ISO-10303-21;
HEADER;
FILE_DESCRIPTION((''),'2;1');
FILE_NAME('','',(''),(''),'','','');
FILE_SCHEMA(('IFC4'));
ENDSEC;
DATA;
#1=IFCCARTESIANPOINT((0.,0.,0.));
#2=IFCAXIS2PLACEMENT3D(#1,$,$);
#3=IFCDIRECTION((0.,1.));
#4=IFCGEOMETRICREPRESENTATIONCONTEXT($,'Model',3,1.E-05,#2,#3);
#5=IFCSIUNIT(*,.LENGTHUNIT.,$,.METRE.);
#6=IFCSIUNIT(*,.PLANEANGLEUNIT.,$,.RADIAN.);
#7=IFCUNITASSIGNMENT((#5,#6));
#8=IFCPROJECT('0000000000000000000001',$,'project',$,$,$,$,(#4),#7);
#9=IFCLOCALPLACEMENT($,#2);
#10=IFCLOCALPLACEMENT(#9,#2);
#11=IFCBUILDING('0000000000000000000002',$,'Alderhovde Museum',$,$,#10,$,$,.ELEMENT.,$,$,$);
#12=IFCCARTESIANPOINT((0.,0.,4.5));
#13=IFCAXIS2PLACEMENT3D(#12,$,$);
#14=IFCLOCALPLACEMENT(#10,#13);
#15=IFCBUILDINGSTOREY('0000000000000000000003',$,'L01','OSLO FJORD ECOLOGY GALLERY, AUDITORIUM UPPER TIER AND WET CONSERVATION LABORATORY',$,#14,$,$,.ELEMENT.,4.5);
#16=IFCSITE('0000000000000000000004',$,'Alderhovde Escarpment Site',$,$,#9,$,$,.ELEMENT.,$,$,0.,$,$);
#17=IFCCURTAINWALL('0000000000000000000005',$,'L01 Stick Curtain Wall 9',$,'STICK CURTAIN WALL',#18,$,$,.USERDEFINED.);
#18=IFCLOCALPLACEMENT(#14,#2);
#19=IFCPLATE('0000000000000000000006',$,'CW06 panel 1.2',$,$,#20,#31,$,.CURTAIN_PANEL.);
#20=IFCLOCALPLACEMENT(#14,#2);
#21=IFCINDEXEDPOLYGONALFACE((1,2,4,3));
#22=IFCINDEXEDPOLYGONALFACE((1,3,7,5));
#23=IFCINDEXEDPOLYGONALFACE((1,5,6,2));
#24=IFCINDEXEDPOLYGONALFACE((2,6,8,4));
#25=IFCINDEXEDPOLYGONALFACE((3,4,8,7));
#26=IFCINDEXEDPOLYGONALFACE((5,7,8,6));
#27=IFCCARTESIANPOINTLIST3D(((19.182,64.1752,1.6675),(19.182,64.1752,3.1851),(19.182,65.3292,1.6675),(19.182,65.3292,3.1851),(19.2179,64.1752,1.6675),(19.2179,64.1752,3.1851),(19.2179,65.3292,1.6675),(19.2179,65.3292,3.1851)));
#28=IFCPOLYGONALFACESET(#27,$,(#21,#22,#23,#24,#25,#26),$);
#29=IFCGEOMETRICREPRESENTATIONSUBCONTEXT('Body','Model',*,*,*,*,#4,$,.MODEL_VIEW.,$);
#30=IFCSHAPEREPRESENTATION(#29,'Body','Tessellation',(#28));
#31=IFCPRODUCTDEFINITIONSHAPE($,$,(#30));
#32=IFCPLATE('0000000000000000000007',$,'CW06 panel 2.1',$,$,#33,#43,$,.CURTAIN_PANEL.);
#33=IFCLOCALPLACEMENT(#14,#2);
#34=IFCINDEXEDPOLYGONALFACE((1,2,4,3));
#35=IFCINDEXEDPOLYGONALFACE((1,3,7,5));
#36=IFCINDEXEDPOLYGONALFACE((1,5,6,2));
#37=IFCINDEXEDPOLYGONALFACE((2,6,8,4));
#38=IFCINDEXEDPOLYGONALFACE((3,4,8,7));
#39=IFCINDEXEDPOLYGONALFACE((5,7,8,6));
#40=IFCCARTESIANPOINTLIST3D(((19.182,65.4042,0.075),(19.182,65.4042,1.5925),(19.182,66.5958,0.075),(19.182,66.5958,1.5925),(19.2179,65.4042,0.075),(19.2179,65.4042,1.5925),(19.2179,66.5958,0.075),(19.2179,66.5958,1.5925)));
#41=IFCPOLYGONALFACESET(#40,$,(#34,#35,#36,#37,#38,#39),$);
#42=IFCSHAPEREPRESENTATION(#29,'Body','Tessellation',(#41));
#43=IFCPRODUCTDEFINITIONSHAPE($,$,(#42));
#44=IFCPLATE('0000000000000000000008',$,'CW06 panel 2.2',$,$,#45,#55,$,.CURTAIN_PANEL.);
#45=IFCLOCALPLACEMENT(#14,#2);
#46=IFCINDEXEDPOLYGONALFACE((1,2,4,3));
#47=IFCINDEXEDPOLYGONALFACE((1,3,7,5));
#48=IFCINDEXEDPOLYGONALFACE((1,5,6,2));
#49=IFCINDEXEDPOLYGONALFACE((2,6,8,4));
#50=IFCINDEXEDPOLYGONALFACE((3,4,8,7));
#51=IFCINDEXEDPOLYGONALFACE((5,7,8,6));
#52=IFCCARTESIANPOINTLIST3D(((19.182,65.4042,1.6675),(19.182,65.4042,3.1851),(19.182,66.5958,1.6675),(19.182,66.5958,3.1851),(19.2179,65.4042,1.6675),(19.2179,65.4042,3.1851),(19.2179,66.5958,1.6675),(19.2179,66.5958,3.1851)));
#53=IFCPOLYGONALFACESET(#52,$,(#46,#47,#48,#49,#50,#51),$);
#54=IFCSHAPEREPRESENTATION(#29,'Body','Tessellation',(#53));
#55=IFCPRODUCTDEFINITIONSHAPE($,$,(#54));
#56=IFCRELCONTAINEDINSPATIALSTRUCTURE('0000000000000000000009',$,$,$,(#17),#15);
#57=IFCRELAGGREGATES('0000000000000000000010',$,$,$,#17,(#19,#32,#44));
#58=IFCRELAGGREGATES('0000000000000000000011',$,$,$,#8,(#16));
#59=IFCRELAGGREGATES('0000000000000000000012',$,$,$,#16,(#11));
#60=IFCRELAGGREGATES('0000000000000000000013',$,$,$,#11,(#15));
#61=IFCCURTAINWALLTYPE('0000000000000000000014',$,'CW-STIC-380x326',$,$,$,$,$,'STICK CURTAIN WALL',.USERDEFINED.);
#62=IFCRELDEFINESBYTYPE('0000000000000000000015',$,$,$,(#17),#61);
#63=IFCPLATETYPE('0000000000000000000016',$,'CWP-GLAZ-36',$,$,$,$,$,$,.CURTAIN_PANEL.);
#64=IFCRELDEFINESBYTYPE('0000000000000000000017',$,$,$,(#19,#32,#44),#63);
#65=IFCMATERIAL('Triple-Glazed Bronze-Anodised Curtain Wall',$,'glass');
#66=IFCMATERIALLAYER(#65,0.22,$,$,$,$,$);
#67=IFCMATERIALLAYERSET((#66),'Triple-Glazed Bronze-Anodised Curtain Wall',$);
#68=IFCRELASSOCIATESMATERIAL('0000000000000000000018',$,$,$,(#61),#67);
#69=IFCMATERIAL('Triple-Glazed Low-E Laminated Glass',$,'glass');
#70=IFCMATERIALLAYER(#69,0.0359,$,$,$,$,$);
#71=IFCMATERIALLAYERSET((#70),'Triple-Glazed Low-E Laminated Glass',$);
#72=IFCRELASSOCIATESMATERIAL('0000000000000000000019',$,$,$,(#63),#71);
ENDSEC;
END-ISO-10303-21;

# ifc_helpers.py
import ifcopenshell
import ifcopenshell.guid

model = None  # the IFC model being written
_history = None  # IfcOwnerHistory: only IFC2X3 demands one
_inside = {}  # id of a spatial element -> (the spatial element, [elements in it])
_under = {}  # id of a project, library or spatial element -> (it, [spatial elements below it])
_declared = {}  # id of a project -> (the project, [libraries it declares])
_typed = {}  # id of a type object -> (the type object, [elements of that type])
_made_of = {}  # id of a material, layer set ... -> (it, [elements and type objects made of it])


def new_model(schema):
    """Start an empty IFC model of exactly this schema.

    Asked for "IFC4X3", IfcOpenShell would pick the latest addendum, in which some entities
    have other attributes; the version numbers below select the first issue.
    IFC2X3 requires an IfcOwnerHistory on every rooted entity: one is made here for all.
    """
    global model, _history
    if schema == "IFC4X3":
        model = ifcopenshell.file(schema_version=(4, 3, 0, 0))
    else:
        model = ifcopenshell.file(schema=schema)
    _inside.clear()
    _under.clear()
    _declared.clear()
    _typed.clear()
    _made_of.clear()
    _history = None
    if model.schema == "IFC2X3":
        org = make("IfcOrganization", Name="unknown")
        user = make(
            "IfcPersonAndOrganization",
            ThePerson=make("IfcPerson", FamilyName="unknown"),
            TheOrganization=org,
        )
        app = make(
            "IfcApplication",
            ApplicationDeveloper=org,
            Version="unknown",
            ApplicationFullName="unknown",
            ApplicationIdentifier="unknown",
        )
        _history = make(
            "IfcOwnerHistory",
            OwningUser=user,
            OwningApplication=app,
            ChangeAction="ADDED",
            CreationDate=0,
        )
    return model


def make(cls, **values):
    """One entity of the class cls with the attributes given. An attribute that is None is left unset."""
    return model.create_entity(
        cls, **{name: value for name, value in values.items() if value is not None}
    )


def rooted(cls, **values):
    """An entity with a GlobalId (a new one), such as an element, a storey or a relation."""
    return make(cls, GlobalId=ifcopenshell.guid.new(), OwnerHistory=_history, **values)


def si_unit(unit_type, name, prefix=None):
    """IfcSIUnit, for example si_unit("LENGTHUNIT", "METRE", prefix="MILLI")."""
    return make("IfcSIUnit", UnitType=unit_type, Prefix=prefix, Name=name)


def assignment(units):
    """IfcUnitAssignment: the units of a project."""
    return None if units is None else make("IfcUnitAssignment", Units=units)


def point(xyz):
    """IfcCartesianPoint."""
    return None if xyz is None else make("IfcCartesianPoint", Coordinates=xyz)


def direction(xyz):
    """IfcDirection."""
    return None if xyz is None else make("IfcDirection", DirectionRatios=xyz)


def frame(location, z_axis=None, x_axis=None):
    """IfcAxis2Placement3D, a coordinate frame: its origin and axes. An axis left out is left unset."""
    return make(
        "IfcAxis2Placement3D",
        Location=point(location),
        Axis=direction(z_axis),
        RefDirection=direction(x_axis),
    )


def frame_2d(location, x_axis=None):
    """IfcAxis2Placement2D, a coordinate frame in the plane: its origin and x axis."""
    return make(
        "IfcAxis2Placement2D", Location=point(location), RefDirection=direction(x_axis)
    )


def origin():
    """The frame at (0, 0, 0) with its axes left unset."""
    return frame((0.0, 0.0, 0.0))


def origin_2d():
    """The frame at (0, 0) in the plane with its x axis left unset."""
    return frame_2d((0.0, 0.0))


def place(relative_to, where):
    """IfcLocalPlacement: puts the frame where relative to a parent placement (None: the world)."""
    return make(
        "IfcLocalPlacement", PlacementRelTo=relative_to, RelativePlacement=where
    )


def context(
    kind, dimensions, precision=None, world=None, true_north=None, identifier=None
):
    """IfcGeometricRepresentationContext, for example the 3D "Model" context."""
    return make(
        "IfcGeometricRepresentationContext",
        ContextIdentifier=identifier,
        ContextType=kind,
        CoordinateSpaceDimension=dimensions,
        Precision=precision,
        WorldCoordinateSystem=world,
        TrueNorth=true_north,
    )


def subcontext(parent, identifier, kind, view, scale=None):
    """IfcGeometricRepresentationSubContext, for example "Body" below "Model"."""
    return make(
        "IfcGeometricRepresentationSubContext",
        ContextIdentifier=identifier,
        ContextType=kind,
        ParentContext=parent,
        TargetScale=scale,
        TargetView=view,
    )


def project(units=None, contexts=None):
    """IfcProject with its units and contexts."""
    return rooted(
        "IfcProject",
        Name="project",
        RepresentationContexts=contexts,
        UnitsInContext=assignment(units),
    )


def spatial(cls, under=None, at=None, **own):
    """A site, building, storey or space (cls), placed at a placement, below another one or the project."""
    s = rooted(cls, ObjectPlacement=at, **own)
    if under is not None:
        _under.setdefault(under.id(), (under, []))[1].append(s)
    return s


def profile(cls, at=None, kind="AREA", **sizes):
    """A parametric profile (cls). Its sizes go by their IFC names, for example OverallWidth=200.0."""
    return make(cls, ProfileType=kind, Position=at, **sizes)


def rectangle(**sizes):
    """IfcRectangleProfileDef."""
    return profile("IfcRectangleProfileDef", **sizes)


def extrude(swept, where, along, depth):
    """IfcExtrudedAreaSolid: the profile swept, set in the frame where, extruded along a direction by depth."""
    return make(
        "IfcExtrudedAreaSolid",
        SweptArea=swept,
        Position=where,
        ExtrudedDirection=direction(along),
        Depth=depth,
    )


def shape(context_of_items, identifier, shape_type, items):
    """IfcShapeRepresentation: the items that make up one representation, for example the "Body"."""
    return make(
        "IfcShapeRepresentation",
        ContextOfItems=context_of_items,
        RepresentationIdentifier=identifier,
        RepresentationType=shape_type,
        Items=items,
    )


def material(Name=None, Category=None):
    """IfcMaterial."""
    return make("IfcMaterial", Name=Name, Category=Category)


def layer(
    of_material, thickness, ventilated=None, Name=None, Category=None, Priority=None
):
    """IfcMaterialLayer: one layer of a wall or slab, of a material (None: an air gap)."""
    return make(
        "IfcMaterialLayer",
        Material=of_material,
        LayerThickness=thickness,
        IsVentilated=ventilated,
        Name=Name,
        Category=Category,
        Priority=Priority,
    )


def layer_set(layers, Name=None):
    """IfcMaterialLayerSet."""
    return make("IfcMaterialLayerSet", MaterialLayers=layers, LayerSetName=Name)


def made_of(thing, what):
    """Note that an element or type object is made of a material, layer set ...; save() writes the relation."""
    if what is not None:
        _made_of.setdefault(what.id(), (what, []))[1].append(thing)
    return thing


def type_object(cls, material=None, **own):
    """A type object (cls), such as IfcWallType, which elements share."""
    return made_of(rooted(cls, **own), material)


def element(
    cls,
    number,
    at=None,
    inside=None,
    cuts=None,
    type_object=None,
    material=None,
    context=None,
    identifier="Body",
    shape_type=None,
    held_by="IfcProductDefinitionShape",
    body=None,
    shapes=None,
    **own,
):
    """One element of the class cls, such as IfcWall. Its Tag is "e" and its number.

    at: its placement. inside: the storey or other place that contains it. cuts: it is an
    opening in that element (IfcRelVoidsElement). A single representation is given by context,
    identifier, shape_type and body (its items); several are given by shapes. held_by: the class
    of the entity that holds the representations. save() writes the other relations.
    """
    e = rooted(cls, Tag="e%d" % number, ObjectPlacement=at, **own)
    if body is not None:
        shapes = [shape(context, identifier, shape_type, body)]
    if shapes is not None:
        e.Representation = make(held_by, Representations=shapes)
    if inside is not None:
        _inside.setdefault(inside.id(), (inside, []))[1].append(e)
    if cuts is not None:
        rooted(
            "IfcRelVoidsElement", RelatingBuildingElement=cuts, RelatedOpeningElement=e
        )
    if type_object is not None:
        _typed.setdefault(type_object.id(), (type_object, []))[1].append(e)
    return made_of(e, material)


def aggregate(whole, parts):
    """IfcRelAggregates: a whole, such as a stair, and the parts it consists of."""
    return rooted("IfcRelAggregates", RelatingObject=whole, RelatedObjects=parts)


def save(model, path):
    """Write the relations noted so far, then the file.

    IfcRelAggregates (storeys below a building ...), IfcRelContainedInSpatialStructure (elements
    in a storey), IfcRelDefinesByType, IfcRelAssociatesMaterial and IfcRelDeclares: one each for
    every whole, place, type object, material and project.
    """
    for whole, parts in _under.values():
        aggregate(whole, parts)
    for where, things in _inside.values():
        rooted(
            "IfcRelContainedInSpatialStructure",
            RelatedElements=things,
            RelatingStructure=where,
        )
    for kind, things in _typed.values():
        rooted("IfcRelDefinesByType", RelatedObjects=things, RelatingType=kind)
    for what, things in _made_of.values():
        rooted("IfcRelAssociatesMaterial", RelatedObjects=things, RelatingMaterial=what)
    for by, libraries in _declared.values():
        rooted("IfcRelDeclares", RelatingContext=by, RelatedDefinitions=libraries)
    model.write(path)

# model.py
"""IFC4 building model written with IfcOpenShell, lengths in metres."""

from ifc_helpers import new_model, si_unit, direction, frame, origin, origin_2d, place, context, subcontext, project, spatial, rectangle, extrude, material, layer, layer_set, type_object, element, aggregate, save


model = new_model("IFC4")

# Units and contexts
model_context = context("Model", 3, precision=1e-05, world=origin(), true_north=direction((0.0, 1.0)))
body_context = subcontext(model_context, "Body", "Model", "MODEL_VIEW")
ifc_project = project(units=[si_unit("LENGTHUNIT", "METRE"), si_unit("PLANEANGLEUNIT", "RADIAN")], contexts=[model_context])

# Site, building, storey
site_placement = place(None, origin())
site = spatial("IfcSite", under=ifc_project, at=site_placement, Name="Alderhovde Escarpment Site", CompositionType="ELEMENT", RefElevation=0.0)
building_placement = place(site_placement, origin())
building = spatial("IfcBuilding", under=site, at=building_placement, Name="Alderhovde Museum", CompositionType="ELEMENT")
storey_placement = place(building_placement, frame((0.0, 0.0, 4.5)))
storey = spatial("IfcBuildingStorey", under=building, at=storey_placement, Name="L01", Description="OSLO FJORD ECOLOGY GALLERY, AUDITORIUM UPPER TIER AND WET CONSERVATION LABORATORY", CompositionType="ELEMENT", Elevation=4.5)

# Curtain wall
ifc_material_1 = material(Name="Triple-Glazed Bronze-Anodised Curtain Wall", Category="glass")
ifc_layer_1 = layer(ifc_material_1, 0.22)
ifc_layer_set_1 = layer_set([ifc_layer_1], Name="Triple-Glazed Bronze-Anodised Curtain Wall")
curtain_wall_type = type_object("IfcCurtainWallType", Name="CW-STIC-380x326", ElementType="STICK CURTAIN WALL", PredefinedType="USERDEFINED", material=ifc_layer_set_1)
curtain_wall_placement = place(storey_placement, origin())
curtain_wall = element("IfcCurtainWall", 1, at=curtain_wall_placement, inside=storey, type_object=curtain_wall_type, Name="L01 Stick Curtain Wall 9", ObjectType="STICK CURTAIN WALL", PredefinedType="USERDEFINED")

# Plates
ifc_material_2 = material(Name="Triple-Glazed Low-E Laminated Glass", Category="glass")
ifc_layer_2 = layer(ifc_material_2, 0.0359)
ifc_layer_set_2 = layer_set([ifc_layer_2], Name="Triple-Glazed Low-E Laminated Glass")
plate_type = type_object("IfcPlateType", Name="CWP-GLAZ-36", PredefinedType="CURTAIN_PANEL", material=ifc_layer_set_2)
plate_1_placement = place(storey_placement, frame((19.2, 64.7522, 1.6675), z_axis=(0.0, 0.0, 1.0), x_axis=(0.0, 1.0, 0.0)))
plate_1 = element("IfcPlate", 2, at=plate_1_placement, type_object=plate_type, Name="CW06 panel 1.2", PredefinedType="CURTAIN_PANEL", context=body_context, shape_type="SweptSolid", body=[
    extrude(rectangle(XDim=1.1541, YDim=0.0359, at=origin_2d()), origin(), (0.0, 0.0, 1.0), 1.5176),
])
plate_2_placement = place(storey_placement, frame((19.2, 66.0, 0.075), z_axis=(0.0, 0.0, 1.0), x_axis=(0.0, 1.0, 0.0)))
plate_2 = element("IfcPlate", 3, at=plate_2_placement, type_object=plate_type, Name="CW06 panel 2.1", PredefinedType="CURTAIN_PANEL", context=body_context, shape_type="SweptSolid", body=[
    extrude(rectangle(XDim=1.1917, YDim=0.0359, at=origin_2d()), origin(), (0.0, 0.0, 1.0), 1.5176),
])
plate_3_placement = place(storey_placement, frame((19.2, 66.0, 1.6675), z_axis=(0.0, 0.0, 1.0), x_axis=(0.0, 1.0, 0.0)))
plate_3 = element("IfcPlate", 4, at=plate_3_placement, type_object=plate_type, Name="CW06 panel 2.2", PredefinedType="CURTAIN_PANEL", context=body_context, shape_type="SweptSolid", body=[
    extrude(rectangle(XDim=1.1917, YDim=0.0359, at=origin_2d()), origin(), (0.0, 0.0, 1.0), 1.5176),
])
aggregate(curtain_wall, [plate_1, plate_2, plate_3])

save(model, "model.ifc")
